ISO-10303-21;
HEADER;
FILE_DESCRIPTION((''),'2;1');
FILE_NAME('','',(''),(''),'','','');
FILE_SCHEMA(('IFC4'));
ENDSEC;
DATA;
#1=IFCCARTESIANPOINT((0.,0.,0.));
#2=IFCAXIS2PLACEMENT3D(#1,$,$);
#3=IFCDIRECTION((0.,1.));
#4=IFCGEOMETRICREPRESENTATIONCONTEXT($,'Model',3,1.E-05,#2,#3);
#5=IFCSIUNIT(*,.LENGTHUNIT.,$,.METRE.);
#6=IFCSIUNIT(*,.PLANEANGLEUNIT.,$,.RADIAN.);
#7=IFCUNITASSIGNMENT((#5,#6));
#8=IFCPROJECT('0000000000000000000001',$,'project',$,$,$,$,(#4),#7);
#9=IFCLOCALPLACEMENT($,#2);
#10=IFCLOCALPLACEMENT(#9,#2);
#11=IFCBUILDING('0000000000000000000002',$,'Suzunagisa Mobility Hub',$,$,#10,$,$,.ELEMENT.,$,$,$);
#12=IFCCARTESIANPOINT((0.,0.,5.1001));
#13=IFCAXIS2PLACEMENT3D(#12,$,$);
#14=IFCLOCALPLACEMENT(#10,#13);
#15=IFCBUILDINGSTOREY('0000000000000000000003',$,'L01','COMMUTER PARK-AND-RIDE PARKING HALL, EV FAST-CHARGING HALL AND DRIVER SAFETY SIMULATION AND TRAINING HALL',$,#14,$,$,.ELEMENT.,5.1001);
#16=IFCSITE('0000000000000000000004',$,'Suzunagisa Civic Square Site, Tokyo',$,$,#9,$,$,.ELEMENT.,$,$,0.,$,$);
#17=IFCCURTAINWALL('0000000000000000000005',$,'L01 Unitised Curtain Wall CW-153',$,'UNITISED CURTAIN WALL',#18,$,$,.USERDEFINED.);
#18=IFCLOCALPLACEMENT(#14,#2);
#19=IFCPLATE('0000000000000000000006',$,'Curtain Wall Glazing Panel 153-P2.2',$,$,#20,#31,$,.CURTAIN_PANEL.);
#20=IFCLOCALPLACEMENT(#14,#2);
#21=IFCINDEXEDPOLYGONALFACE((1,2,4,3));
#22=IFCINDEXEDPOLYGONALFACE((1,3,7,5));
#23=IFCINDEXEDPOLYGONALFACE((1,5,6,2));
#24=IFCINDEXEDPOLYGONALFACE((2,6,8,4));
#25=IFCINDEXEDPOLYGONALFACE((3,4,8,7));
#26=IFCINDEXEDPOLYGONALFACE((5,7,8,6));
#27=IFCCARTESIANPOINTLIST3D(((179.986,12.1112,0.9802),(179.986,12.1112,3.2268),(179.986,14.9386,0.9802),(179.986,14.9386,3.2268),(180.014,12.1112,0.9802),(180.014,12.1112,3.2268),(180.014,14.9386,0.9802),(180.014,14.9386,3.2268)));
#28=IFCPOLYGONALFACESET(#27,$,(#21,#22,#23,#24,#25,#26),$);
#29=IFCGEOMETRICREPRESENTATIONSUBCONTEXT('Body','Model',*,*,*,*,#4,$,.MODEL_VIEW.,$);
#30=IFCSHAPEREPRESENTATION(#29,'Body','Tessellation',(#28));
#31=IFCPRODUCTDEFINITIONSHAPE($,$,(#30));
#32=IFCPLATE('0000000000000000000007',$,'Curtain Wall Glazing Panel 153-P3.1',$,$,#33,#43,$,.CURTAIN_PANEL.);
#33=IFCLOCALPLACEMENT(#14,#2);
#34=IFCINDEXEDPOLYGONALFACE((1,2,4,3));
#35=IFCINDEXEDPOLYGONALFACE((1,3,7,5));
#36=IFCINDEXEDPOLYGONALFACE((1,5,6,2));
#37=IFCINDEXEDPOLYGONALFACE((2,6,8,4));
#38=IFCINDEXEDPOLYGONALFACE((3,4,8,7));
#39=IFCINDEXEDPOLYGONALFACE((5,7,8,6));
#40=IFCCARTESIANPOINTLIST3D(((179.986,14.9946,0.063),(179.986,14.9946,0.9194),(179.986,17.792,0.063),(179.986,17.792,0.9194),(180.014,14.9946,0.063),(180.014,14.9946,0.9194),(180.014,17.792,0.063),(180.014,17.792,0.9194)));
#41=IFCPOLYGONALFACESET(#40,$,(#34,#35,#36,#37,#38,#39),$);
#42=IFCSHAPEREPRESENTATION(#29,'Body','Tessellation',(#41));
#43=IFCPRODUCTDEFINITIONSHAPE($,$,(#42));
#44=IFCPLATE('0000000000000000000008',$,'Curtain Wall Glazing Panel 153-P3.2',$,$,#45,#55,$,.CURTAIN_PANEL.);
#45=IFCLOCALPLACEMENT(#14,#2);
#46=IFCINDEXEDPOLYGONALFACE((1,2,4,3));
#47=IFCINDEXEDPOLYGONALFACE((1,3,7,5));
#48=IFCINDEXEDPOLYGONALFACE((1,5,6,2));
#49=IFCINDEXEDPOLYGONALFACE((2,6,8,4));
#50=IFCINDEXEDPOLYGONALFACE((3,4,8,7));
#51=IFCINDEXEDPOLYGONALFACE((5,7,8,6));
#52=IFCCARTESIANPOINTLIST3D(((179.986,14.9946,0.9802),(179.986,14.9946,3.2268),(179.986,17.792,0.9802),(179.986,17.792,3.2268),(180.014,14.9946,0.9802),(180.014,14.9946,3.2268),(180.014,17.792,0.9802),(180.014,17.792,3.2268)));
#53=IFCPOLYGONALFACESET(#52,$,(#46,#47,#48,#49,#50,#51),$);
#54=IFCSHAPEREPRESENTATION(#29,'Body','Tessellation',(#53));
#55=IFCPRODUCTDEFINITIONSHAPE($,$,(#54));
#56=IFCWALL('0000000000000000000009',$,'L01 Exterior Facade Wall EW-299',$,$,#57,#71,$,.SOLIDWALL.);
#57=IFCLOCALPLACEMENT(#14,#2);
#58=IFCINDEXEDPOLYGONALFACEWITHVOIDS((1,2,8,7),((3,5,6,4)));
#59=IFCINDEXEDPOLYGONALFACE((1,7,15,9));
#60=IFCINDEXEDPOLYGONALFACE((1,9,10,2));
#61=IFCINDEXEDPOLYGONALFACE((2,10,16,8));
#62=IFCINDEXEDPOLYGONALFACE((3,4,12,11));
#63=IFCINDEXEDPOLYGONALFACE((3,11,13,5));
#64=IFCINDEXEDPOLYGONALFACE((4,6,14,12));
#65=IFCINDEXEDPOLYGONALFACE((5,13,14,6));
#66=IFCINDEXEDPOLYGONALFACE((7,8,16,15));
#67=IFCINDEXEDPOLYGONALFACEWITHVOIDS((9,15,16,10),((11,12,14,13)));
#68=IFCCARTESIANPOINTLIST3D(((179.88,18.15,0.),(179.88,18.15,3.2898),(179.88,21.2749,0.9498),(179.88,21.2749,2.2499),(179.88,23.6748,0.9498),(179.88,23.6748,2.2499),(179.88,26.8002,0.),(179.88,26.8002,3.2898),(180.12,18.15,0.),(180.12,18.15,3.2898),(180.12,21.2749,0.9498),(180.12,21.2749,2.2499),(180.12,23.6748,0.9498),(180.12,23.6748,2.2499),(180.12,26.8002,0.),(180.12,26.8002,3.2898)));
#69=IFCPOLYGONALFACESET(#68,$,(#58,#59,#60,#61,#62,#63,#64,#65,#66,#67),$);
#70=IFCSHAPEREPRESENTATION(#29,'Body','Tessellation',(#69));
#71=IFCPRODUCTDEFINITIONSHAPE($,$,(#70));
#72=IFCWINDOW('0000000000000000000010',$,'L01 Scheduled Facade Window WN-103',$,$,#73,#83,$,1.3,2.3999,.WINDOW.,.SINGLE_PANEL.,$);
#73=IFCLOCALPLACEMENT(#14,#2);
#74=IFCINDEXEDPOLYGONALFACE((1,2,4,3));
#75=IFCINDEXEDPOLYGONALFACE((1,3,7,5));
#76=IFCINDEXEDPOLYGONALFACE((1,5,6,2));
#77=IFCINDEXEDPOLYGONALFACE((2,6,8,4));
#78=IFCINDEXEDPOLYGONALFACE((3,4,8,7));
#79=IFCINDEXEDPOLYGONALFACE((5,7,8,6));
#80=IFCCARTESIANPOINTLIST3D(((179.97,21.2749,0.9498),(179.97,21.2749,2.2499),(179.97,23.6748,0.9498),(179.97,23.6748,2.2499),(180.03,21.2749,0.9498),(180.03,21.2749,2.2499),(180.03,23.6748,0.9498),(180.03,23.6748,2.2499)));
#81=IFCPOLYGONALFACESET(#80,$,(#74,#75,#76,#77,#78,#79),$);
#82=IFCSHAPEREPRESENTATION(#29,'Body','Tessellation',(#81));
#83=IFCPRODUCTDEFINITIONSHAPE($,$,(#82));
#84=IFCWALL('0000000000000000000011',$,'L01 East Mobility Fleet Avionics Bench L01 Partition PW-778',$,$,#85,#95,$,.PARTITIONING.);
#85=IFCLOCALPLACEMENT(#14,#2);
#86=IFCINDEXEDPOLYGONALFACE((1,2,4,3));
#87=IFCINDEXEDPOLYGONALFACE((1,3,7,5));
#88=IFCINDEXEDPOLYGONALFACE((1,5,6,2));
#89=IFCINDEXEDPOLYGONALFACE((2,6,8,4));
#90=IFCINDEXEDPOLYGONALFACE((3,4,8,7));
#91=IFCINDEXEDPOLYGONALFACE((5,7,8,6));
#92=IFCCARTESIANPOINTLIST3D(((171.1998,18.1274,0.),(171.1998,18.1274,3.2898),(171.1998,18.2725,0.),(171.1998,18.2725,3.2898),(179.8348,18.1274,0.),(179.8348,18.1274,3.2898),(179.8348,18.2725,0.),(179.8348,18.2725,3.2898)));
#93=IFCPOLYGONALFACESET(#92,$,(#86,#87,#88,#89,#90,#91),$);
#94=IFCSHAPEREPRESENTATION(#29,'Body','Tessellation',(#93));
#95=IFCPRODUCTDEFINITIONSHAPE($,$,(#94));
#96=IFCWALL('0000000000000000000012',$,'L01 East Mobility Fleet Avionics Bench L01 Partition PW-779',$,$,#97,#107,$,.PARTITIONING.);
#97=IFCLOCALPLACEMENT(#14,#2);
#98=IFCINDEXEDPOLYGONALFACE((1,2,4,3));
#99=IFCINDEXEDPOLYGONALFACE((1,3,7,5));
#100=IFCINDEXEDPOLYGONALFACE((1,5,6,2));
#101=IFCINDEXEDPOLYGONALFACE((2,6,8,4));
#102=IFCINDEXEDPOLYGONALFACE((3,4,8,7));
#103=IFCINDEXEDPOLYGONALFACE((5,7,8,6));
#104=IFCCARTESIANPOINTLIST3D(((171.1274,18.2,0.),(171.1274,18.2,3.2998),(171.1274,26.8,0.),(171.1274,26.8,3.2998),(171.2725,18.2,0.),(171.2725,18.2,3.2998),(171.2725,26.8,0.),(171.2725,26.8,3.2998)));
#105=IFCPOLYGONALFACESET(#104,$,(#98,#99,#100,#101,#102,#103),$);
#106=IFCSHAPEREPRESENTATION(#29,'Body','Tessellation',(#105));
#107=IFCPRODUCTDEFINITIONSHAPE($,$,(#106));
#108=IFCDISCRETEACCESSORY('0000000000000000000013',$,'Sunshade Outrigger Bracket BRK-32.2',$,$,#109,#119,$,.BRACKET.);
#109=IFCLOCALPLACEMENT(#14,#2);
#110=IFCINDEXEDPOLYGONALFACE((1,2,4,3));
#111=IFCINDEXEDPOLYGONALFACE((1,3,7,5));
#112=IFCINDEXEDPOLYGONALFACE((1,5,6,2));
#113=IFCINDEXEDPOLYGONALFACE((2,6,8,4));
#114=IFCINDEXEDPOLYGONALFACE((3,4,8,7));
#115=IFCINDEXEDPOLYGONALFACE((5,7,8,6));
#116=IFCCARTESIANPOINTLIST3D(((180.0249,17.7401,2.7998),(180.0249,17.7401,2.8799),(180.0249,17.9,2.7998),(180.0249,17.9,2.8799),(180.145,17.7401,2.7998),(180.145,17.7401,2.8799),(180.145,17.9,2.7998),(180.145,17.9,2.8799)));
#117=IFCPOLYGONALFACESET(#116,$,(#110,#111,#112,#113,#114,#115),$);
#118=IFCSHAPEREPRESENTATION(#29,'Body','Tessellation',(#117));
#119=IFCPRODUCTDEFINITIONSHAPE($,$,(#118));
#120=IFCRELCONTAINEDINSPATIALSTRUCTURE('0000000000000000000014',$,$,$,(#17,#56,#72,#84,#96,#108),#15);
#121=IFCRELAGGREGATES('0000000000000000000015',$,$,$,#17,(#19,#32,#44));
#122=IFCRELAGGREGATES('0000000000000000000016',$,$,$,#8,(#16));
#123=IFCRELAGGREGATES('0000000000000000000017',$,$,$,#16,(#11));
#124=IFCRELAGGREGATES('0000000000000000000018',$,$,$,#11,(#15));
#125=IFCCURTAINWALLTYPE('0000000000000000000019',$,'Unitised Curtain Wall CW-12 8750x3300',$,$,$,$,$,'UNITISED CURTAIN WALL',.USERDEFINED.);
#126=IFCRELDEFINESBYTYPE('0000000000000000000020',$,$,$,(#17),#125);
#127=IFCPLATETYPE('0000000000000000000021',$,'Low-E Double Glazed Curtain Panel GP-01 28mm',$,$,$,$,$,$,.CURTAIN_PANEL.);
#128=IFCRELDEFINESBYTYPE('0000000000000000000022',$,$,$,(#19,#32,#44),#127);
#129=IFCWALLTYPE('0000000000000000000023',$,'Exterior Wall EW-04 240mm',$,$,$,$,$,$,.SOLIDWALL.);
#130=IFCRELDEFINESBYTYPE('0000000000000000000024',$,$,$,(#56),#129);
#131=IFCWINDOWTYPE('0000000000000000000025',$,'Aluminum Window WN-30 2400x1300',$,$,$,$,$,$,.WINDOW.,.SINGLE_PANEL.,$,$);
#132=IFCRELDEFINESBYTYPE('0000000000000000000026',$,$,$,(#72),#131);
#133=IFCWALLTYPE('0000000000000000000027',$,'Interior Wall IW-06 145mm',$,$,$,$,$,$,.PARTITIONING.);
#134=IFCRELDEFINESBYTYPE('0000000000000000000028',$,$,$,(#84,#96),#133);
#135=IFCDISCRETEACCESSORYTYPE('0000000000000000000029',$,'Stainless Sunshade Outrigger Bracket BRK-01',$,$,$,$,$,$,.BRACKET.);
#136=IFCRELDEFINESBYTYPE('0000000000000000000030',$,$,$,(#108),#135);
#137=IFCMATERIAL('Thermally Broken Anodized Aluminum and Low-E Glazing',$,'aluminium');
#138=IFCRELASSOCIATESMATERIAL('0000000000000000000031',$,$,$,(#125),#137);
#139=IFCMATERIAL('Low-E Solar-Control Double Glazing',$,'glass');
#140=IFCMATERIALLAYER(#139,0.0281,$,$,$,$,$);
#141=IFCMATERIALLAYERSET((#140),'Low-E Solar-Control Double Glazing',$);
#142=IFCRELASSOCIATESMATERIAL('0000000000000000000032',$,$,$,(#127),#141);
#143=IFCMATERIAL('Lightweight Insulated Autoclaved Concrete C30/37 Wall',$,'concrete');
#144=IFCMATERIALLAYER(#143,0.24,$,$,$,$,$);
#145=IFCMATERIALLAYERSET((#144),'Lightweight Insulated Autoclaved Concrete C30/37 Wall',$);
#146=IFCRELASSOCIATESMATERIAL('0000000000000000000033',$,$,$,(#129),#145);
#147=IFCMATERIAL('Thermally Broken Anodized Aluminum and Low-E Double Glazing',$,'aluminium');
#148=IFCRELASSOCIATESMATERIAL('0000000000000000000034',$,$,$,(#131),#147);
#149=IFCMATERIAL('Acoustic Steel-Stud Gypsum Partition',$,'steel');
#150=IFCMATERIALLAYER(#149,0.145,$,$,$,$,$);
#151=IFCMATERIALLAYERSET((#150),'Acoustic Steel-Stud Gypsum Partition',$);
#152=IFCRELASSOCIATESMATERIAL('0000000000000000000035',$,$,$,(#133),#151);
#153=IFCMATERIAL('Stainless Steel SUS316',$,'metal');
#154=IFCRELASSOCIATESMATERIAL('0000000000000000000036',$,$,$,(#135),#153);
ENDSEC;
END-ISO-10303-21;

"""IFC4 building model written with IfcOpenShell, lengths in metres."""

from ifc_helpers import new_model, si_unit, direction, frame, frame_2d, origin, origin_2d, place, context, subcontext, project, spatial, rectangle, extrude, material, layer, layer_set, type_object, element, fill, aggregate, save


model = new_model("IFC4")

# Units and contexts
model_context = context("Model", 3, precision=1e-05, world=origin(), true_north=direction((0.0, 1.0)))
body_context = subcontext(model_context, "Body", "Model", "MODEL_VIEW")
ifc_project = project(units=[si_unit("LENGTHUNIT", "METRE"), si_unit("PLANEANGLEUNIT", "RADIAN")], contexts=[model_context])

# Site, building, storey
site_placement = place(None, origin())
site = spatial("IfcSite", under=ifc_project, at=site_placement, Name="Suzunagisa Civic Square Site, Tokyo", CompositionType="ELEMENT", RefElevation=0.0)
building_placement = place(site_placement, origin())
building = spatial("IfcBuilding", under=site, at=building_placement, Name="Suzunagisa Mobility Hub", CompositionType="ELEMENT")
storey_placement = place(building_placement, frame((0.0, 0.0, 5.1001)))
storey = spatial("IfcBuildingStorey", under=building, at=storey_placement, Name="L01", Description="COMMUTER PARK-AND-RIDE PARKING HALL, EV FAST-CHARGING HALL AND DRIVER SAFETY SIMULATION AND TRAINING HALL", CompositionType="ELEMENT", Elevation=5.1001)

# Curtain wall
ifc_material_1 = material(Name="Thermally Broken Anodized Aluminum and Low-E Glazing", Category="aluminium")
curtain_wall_type = type_object("IfcCurtainWallType", Name="Unitised Curtain Wall CW-12 8750x3300", ElementType="UNITISED CURTAIN WALL", PredefinedType="USERDEFINED", material=ifc_material_1)
curtain_wall_placement = place(storey_placement, origin())
curtain_wall = element("IfcCurtainWall", 1, at=curtain_wall_placement, inside=storey, type_object=curtain_wall_type, Name="L01 Unitised Curtain Wall CW-153", ObjectType="UNITISED CURTAIN WALL", PredefinedType="USERDEFINED")

# Plates
ifc_material_2 = material(Name="Low-E Solar-Control Double Glazing", Category="glass")
ifc_layer_1 = layer(ifc_material_2, 0.0281)
ifc_layer_set_1 = layer_set([ifc_layer_1], Name="Low-E Solar-Control Double Glazing")
plate_type = type_object("IfcPlateType", Name="Low-E Double Glazed Curtain Panel GP-01 28mm", PredefinedType="CURTAIN_PANEL", material=ifc_layer_set_1)
plate_1_placement = place(storey_placement, frame((180.0, 13.5249, 0.9802), z_axis=(0.0, 0.0, 1.0), x_axis=(0.0, 1.0, 0.0)))
plate_1 = element("IfcPlate", 2, at=plate_1_placement, type_object=plate_type, Name="Curtain Wall Glazing Panel 153-P2.2", PredefinedType="CURTAIN_PANEL", context=body_context, shape_type="SweptSolid", body=[
    extrude(rectangle(XDim=2.8274, YDim=0.0281, at=origin_2d()), origin(), (0.0, 0.0, 1.0), 2.2466),
])
plate_2_placement = place(storey_placement, frame((180.0, 16.3933, 0.063), z_axis=(0.0, 0.0, 1.0), x_axis=(0.0, 1.0, 0.0)))
plate_2 = element("IfcPlate", 3, at=plate_2_placement, type_object=plate_type, Name="Curtain Wall Glazing Panel 153-P3.1", PredefinedType="CURTAIN_PANEL", context=body_context, shape_type="SweptSolid", body=[
    extrude(rectangle(XDim=2.7974, YDim=0.0281, at=origin_2d()), origin(), (0.0, 0.0, 1.0), 0.8564),
])
plate_3_placement = place(storey_placement, frame((180.0, 16.3933, 0.9802), z_axis=(0.0, 0.0, 1.0), x_axis=(0.0, 1.0, 0.0)))
plate_3 = element("IfcPlate", 4, at=plate_3_placement, type_object=plate_type, Name="Curtain Wall Glazing Panel 153-P3.2", PredefinedType="CURTAIN_PANEL", context=body_context, shape_type="SweptSolid", body=[
    extrude(rectangle(XDim=2.7974, YDim=0.0281, at=origin_2d()), origin(), (0.0, 0.0, 1.0), 2.2466),
])
aggregate(curtain_wall, [plate_1, plate_2, plate_3])

# Wall, opening, window
ifc_material_3 = material(Name="Lightweight Insulated Autoclaved Concrete C30/37 Wall", Category="concrete")
ifc_layer_2 = layer(ifc_material_3, 0.24)
ifc_layer_set_2 = layer_set([ifc_layer_2], Name="Lightweight Insulated Autoclaved Concrete C30/37 Wall")
wall_type_1 = type_object("IfcWallType", Name="Exterior Wall EW-04 240mm", PredefinedType="SOLIDWALL", material=ifc_layer_set_2)
wall_1_placement = place(storey_placement, frame((180.0, 18.1499, 0.0), z_axis=(0.0, 0.0, 1.0), x_axis=(0.0, 1.0, 0.0)))
wall_1 = element("IfcWall", 5, at=wall_1_placement, inside=storey, type_object=wall_type_1, Name="L01 Exterior Facade Wall EW-299", PredefinedType="SOLIDWALL", context=body_context, shape_type="SweptSolid", body=[
    extrude(rectangle(XDim=8.6501, YDim=0.24, at=frame_2d((4.3252, 0.0))), origin(), (0.0, 0.0, 1.0), 3.2898),
])
opening_placement = place(wall_1_placement, frame((3.125, 0.0, 0.95)))
opening = element("IfcOpeningElement", 6, at=opening_placement, cuts=wall_1, PredefinedType="OPENING", context=body_context, shape_type="SweptSolid", body=[
    extrude(rectangle(XDim=2.3999, YDim=1.3, at=frame_2d((1.2, 0.6499))), frame((0.0, 0.1309, 0.0), z_axis=(0.0, -1.0, 0.0), x_axis=(1.0, 0.0, 0.0)), (0.0, 0.0, 1.0), 0.262),
])
ifc_material_4 = material(Name="Thermally Broken Anodized Aluminum and Low-E Double Glazing", Category="aluminium")
window_type = type_object("IfcWindowType", Name="Aluminum Window WN-30 2400x1300", PartitioningType="SINGLE_PANEL", PredefinedType="WINDOW", material=ifc_material_4)
window_placement = place(opening_placement, origin())
window = element("IfcWindow", 7, at=window_placement, inside=storey, type_object=window_type, Name="L01 Scheduled Facade Window WN-103", OverallHeight=1.3, OverallWidth=2.3999, PartitioningType="SINGLE_PANEL", PredefinedType="WINDOW", context=body_context, shape_type="SweptSolid", body=[
    extrude(rectangle(XDim=2.3999, YDim=1.3, at=frame_2d((1.2, 0.6499))), frame((0.0, 0.03, 0.0), z_axis=(0.0, -1.0, 0.0), x_axis=(1.0, 0.0, 0.0)), (0.0, 0.0, 1.0), 0.0601),
])
fill(opening, window)

# Walls
ifc_material_5 = material(Name="Acoustic Steel-Stud Gypsum Partition", Category="steel")
ifc_layer_3 = layer(ifc_material_5, 0.145)
ifc_layer_set_3 = layer_set([ifc_layer_3], Name="Acoustic Steel-Stud Gypsum Partition")
wall_type_2 = type_object("IfcWallType", Name="Interior Wall IW-06 145mm", PredefinedType="PARTITIONING", material=ifc_layer_set_3)
wall_2_placement = place(storey_placement, frame((171.2, 18.2, 0.0), z_axis=(0.0, 0.0, 1.0), x_axis=(1.0, 0.0, 0.0)))
element("IfcWall", 8, at=wall_2_placement, inside=storey, type_object=wall_type_2, Name="L01 East Mobility Fleet Avionics Bench L01 Partition PW-778", PredefinedType="PARTITIONING", context=body_context, shape_type="SweptSolid", body=[
    extrude(rectangle(XDim=8.635, YDim=0.145, at=frame_2d((4.3174, 0.0))), origin(), (0.0, 0.0, 1.0), 3.2898),
])
wall_3_placement = place(storey_placement, frame((171.2, 18.2, 0.0), z_axis=(0.0, 0.0, 1.0), x_axis=(0.0, 1.0, 0.0)))
element("IfcWall", 9, at=wall_3_placement, inside=storey, type_object=wall_type_2, Name="L01 East Mobility Fleet Avionics Bench L01 Partition PW-779", PredefinedType="PARTITIONING", context=body_context, shape_type="SweptSolid", body=[
    extrude(rectangle(XDim=8.6001, YDim=0.145, at=frame_2d((4.3, 0.0))), origin(), (0.0, 0.0, 1.0), 3.2998),
])

# Discrete accessory
ifc_material_6 = material(Name="Stainless Steel SUS316", Category="metal")
discrete_accessory_type = type_object("IfcDiscreteAccessoryType", Name="Stainless Sunshade Outrigger Bracket BRK-01", PredefinedType="BRACKET", material=ifc_material_6)
discrete_accessory_placement = place(storey_placement, frame((180.085, 17.8201, 2.7998), z_axis=(0.0, 0.0, 1.0), x_axis=(0.0, 1.0, 0.0)))
element("IfcDiscreteAccessory", 10, at=discrete_accessory_placement, inside=storey, type_object=discrete_accessory_type, Name="Sunshade Outrigger Bracket BRK-32.2", PredefinedType="BRACKET", context=body_context, shape_type="SweptSolid", body=[
    extrude(rectangle(XDim=0.1599, YDim=0.1201, at=origin_2d()), origin(), (0.0, 0.0, 1.0), 0.0801),
])

save(model, "model.ifc")
